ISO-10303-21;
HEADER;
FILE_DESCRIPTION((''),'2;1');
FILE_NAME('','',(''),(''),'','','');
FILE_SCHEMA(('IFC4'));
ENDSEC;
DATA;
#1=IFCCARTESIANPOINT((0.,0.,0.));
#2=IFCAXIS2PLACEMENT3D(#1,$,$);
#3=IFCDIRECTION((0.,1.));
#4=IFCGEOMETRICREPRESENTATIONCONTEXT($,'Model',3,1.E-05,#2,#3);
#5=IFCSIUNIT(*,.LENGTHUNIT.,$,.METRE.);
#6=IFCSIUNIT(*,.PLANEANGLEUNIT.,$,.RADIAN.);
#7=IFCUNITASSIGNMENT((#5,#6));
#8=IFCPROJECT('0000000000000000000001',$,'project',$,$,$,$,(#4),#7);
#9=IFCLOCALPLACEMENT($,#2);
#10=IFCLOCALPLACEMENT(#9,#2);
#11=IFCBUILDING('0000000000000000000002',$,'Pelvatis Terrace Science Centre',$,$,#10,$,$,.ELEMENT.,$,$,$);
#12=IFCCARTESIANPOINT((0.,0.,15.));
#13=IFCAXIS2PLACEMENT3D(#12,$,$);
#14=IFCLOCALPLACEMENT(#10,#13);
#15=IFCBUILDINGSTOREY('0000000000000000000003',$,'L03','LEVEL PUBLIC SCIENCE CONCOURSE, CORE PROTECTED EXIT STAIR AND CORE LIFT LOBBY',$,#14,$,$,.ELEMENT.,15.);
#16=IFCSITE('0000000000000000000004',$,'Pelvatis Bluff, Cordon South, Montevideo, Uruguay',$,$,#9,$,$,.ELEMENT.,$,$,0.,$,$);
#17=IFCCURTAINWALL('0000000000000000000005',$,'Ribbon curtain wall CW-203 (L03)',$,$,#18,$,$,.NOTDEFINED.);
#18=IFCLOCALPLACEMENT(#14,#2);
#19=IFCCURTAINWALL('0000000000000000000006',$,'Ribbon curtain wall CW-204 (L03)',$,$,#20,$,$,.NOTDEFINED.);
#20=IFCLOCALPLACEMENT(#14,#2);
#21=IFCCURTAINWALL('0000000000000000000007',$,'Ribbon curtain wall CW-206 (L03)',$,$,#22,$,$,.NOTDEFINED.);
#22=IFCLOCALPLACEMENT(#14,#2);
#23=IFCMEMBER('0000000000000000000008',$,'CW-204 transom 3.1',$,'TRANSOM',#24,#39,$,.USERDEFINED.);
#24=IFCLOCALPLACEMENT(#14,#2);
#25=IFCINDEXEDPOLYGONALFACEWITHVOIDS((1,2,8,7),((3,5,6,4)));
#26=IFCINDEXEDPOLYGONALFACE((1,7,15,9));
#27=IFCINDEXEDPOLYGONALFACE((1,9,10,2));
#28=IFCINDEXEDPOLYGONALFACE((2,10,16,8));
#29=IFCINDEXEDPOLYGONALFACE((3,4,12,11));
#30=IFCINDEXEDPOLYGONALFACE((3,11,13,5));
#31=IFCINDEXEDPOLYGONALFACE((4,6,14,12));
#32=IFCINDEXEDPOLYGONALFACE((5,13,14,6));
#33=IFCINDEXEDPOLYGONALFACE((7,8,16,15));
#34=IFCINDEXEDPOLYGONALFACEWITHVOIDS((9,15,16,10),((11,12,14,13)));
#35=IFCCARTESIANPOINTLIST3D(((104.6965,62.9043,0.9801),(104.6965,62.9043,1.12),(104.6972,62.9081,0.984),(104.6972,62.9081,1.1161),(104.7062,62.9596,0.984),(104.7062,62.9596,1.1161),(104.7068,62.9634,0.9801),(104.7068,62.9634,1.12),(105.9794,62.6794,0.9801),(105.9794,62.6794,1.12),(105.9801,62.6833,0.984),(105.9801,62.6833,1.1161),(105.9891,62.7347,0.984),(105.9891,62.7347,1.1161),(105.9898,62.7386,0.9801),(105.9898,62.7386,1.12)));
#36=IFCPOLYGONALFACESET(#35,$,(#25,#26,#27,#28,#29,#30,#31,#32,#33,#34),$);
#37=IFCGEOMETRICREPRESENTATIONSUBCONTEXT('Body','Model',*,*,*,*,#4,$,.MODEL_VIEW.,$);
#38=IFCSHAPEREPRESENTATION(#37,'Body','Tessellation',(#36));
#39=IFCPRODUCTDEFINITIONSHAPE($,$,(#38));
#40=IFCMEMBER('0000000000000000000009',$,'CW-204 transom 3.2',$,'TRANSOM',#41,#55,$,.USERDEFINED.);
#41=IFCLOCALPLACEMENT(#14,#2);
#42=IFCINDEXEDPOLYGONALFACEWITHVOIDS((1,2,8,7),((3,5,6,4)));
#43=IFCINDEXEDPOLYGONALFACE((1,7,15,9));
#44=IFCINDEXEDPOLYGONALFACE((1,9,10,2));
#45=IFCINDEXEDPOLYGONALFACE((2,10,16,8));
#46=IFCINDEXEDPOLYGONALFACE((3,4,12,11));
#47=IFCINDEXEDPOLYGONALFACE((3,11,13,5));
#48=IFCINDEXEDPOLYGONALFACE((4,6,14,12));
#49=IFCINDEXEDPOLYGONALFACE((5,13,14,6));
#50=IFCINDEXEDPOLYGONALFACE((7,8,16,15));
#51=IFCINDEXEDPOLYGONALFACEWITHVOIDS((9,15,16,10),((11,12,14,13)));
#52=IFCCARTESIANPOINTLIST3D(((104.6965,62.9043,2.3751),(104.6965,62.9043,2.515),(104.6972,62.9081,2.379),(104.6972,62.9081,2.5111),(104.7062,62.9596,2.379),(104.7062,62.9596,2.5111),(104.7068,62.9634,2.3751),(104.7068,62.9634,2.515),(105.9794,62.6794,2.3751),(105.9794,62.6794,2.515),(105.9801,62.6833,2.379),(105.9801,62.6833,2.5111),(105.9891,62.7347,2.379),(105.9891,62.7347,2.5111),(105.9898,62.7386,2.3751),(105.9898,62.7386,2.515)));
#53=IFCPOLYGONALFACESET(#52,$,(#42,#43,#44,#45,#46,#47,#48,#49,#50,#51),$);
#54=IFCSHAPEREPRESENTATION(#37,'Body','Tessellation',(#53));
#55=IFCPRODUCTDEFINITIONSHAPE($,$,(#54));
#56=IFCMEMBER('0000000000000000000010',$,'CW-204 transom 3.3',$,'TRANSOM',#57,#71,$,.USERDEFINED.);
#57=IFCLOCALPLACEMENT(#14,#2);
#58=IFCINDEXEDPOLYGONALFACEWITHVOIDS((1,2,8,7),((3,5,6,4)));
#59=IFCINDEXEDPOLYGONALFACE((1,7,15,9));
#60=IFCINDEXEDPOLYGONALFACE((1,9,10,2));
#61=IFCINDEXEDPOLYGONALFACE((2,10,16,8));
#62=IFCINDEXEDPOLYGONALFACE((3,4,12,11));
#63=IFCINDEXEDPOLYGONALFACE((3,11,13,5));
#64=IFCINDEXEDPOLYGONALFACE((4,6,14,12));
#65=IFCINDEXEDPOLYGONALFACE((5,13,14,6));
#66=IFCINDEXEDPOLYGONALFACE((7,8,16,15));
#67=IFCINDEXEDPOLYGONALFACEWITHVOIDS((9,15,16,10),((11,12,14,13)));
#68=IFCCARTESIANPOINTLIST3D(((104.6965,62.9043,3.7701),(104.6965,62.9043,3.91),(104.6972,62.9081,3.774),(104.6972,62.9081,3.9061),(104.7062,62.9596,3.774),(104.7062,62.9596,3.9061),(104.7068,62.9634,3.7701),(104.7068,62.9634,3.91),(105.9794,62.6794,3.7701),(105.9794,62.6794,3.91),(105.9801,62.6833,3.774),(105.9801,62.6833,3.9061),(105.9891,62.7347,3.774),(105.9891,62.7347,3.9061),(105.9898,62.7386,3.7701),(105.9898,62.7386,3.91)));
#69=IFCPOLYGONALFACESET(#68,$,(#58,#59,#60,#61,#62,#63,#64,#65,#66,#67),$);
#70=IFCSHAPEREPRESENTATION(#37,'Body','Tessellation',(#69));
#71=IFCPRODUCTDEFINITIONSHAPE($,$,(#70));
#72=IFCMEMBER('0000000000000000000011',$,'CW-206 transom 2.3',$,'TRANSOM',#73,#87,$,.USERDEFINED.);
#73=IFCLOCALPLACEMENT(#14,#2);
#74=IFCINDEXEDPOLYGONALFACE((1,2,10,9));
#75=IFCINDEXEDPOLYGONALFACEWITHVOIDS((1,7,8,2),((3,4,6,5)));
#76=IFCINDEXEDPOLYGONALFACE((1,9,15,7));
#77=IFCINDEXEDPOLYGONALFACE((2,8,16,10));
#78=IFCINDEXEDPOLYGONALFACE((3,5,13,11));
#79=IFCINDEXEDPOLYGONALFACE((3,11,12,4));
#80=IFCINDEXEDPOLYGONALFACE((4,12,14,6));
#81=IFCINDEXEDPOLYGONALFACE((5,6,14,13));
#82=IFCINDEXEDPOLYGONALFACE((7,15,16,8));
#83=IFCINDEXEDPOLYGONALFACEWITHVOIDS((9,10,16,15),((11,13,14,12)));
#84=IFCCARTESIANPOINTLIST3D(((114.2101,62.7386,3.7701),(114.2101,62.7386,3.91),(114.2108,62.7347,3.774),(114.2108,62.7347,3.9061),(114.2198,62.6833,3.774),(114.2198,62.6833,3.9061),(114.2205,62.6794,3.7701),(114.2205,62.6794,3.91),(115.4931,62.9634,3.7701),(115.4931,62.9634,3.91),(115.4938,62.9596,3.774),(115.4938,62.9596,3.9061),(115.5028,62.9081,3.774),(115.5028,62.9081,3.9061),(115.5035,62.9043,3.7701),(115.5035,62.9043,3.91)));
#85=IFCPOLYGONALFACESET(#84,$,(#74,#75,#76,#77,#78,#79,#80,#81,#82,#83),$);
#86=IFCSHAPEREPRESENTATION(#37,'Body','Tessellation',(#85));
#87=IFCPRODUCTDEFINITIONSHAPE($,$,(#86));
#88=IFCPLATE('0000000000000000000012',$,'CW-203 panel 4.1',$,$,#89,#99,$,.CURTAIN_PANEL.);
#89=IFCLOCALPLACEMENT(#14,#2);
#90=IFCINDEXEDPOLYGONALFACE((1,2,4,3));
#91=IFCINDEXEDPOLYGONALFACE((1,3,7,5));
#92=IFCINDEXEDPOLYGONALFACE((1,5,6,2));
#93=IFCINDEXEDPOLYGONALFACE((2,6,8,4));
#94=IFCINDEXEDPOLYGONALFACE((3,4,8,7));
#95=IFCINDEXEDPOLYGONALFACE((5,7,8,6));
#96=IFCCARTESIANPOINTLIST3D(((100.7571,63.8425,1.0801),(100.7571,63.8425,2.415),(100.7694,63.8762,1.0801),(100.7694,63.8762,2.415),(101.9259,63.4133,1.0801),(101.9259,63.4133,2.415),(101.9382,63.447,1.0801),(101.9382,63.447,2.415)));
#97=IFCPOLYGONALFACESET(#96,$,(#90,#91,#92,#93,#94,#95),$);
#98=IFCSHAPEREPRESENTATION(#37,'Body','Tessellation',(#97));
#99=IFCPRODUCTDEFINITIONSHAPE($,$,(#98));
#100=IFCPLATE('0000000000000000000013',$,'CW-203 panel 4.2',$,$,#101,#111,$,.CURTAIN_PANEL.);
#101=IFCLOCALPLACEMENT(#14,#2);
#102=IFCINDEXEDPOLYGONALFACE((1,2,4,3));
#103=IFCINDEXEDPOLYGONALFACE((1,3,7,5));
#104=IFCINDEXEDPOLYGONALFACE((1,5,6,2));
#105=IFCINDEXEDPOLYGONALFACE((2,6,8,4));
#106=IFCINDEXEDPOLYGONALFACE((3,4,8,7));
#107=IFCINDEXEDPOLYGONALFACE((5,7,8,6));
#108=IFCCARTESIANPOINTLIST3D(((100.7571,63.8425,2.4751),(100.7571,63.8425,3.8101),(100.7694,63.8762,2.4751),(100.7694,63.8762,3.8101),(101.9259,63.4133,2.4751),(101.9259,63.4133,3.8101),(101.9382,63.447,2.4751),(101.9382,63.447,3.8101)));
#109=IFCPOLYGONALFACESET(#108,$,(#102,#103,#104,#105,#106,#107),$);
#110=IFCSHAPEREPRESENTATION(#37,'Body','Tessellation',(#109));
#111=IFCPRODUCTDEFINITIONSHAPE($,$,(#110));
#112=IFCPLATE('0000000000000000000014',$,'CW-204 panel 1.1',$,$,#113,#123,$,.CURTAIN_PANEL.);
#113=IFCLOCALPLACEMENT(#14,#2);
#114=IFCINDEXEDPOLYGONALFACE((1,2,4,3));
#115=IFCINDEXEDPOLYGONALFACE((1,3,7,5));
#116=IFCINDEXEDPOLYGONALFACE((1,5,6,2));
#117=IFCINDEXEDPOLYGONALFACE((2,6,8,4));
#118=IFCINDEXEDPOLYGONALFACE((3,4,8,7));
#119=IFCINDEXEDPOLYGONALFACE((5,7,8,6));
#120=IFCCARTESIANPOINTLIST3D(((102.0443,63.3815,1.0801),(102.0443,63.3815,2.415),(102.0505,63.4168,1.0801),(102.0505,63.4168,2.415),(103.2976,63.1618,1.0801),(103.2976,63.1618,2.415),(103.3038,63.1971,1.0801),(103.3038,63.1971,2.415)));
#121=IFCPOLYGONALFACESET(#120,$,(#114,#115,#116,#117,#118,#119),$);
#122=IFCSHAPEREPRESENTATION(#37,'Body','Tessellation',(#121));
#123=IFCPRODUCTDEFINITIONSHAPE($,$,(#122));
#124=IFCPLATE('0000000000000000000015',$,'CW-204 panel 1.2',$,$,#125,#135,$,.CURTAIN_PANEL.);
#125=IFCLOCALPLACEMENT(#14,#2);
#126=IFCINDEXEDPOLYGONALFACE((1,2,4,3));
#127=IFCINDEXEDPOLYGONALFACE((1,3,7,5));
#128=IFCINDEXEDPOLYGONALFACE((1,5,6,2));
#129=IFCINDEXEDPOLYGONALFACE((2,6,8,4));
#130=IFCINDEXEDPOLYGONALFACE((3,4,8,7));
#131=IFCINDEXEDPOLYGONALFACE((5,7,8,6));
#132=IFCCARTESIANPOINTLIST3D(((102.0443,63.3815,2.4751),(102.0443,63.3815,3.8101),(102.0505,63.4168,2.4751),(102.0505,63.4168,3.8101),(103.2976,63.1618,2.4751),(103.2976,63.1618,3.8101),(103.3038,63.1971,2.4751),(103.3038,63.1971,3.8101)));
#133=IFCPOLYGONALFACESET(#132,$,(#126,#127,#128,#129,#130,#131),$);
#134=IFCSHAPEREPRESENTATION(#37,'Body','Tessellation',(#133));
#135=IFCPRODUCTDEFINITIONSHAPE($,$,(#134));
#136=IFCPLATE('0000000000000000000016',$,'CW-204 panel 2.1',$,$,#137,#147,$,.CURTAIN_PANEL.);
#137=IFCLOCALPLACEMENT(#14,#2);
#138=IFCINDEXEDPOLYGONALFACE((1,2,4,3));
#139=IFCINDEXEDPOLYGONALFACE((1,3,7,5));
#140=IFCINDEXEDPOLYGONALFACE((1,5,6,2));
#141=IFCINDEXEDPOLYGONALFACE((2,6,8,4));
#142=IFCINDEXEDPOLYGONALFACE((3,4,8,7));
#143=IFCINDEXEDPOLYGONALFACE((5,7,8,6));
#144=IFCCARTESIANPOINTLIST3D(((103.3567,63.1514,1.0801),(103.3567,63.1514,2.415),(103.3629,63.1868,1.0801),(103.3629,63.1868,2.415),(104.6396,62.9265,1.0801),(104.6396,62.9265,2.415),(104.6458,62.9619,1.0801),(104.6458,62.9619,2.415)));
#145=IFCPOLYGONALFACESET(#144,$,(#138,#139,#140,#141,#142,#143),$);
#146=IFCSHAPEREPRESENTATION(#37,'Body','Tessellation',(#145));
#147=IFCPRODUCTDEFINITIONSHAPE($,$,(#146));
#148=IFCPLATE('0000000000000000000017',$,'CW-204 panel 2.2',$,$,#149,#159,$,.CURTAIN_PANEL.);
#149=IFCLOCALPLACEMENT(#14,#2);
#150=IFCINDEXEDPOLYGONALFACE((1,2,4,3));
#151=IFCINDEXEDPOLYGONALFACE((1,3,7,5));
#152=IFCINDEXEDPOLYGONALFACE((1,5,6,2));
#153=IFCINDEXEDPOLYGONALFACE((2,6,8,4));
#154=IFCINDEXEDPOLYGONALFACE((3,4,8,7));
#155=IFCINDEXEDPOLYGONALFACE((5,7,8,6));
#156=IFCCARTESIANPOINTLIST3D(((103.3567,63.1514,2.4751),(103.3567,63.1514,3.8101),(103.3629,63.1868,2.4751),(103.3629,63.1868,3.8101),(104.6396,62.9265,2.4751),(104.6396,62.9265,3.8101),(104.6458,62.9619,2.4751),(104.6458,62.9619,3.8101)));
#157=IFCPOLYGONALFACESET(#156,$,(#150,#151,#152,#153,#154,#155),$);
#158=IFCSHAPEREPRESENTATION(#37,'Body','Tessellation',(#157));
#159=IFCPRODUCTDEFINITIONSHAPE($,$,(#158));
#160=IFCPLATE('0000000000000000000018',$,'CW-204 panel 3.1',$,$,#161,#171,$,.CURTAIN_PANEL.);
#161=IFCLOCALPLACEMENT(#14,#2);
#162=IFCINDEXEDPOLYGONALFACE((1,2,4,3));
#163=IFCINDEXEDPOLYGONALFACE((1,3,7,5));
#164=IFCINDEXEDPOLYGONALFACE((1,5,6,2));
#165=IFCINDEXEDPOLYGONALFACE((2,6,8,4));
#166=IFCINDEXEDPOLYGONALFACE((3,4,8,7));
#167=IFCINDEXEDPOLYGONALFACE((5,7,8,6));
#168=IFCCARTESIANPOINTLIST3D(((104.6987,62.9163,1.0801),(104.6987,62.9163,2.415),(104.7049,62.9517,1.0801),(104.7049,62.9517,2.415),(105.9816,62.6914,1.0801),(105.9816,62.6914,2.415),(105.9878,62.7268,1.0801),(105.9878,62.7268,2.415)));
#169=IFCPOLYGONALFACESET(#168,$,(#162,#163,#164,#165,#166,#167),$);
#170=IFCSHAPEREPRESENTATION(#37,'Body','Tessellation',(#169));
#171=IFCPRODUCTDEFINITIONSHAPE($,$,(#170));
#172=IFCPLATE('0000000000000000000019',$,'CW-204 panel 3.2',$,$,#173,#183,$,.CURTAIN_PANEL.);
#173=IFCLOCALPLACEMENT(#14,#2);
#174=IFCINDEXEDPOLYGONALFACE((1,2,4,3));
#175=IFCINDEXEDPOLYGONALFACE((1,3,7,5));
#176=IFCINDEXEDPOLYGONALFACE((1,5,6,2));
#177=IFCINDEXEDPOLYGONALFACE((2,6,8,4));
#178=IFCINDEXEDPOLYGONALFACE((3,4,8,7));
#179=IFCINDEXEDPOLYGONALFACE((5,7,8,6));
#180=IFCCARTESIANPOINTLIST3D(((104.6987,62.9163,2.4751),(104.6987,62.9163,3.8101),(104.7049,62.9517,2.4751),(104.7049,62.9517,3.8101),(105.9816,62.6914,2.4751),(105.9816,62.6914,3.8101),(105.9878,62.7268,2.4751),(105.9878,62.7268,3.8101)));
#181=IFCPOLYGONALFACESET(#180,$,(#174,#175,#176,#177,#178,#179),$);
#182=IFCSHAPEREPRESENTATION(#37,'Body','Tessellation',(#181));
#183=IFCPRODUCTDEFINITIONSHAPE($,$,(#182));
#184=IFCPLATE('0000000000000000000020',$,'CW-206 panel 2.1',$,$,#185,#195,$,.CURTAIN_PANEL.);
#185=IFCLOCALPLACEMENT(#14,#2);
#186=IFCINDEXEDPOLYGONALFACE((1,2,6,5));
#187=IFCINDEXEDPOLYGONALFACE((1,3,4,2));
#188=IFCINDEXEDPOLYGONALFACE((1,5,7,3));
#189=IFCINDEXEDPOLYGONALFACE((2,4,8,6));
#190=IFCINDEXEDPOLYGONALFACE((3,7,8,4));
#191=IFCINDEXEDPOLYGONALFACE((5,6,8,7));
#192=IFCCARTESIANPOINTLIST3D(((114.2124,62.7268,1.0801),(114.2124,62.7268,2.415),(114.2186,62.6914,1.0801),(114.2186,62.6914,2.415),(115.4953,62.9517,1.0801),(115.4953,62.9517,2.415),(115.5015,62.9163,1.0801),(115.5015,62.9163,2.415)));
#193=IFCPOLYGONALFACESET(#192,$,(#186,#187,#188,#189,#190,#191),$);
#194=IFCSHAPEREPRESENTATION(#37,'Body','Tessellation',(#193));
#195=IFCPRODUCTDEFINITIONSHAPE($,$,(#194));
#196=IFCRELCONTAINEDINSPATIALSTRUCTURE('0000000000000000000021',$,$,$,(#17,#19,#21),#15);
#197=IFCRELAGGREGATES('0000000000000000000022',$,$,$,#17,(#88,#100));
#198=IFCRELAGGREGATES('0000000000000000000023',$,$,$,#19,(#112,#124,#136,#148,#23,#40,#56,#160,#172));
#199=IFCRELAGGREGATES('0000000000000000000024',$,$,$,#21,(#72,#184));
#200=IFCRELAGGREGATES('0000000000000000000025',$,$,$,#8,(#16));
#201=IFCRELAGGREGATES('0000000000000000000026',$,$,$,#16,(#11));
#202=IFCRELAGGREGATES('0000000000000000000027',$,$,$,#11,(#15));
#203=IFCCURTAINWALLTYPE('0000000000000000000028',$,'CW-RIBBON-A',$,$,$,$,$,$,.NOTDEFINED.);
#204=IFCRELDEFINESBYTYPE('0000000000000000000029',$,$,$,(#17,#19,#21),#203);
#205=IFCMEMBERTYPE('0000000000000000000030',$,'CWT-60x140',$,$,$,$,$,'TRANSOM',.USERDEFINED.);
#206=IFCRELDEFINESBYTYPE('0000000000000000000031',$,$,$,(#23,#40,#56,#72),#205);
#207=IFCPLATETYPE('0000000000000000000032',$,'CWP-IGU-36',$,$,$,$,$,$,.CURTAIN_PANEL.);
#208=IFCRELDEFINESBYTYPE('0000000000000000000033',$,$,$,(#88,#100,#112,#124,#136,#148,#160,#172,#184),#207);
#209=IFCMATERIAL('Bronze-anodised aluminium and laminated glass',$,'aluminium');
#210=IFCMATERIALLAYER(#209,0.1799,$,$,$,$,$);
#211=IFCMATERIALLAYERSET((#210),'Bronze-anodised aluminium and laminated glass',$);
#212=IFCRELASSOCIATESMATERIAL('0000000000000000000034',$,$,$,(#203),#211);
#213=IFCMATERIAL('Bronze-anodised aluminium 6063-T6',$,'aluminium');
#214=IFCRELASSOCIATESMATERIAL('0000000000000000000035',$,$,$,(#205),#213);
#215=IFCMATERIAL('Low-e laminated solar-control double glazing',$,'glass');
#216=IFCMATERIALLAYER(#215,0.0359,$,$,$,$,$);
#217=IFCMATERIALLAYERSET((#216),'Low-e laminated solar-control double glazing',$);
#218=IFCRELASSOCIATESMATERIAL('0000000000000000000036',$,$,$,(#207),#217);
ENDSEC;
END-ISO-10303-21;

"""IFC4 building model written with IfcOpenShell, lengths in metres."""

from ifc_helpers import new_model, si_unit, direction, frame, origin, origin_2d, place, context, subcontext, project, spatial, rectangle, hollow_rectangle, extrude, material, layer, layer_set, material_profile, profile_set, type_object, element, aggregate, save


model = new_model("IFC4")

# Units and contexts
model_context = context("Model", 3, precision=1e-05, world=origin(), true_north=direction((0.0, 1.0)))
body_context = subcontext(model_context, "Body", "Model", "MODEL_VIEW")
ifc_project = project(units=[si_unit("LENGTHUNIT", "METRE"), si_unit("PLANEANGLEUNIT", "RADIAN")], contexts=[model_context])

# Site, building, storey
site_placement = place(None, origin())
site = spatial("IfcSite", under=ifc_project, at=site_placement, Name="Pelvatis Bluff, Cordon South, Montevideo, Uruguay", CompositionType="ELEMENT", RefElevation=0.0)
building_placement = place(site_placement, origin())
building = spatial("IfcBuilding", under=site, at=building_placement, Name="Pelvatis Terrace Science Centre", CompositionType="ELEMENT")
storey_placement = place(building_placement, frame((0.0, 0.0, 15.0)))
storey = spatial("IfcBuildingStorey", under=building, at=storey_placement, Name="L03", Description="LEVEL PUBLIC SCIENCE CONCOURSE, CORE PROTECTED EXIT STAIR AND CORE LIFT LOBBY", CompositionType="ELEMENT", Elevation=15.0)

# Curtain wall
ifc_material_1 = material(Name="Bronze-anodised aluminium and laminated glass", Category="aluminium")
ifc_layer_1 = layer(ifc_material_1, 0.1799)
ifc_layer_set_1 = layer_set([ifc_layer_1], Name="Bronze-anodised aluminium and laminated glass")
curtain_wall_type = type_object("IfcCurtainWallType", Name="CW-RIBBON-A", PredefinedType="NOTDEFINED", material=ifc_layer_set_1)
curtain_wall_1_placement = place(storey_placement, origin())
curtain_wall_1 = element("IfcCurtainWall", 1, at=curtain_wall_1_placement, inside=storey, type_object=curtain_wall_type, Name="Ribbon curtain wall CW-203 (L03)", PredefinedType="NOTDEFINED")

# Curtain wall
curtain_wall_2_placement = place(storey_placement, origin())
curtain_wall_2 = element("IfcCurtainWall", 2, at=curtain_wall_2_placement, inside=storey, type_object=curtain_wall_type, Name="Ribbon curtain wall CW-204 (L03)", PredefinedType="NOTDEFINED")

# Curtain wall
curtain_wall_3_placement = place(storey_placement, origin())
curtain_wall_3 = element("IfcCurtainWall", 3, at=curtain_wall_3_placement, inside=storey, type_object=curtain_wall_type, Name="Ribbon curtain wall CW-206 (L03)", PredefinedType="NOTDEFINED")

# Members
ifc_material_2 = material(Name="Bronze-anodised aluminium 6063-T6", Category="aluminium")
ifc_material_profile_1 = material_profile(ifc_material_2, hollow_rectangle(XDim=0.0601, YDim=0.1399, WallThickness=0.0039, at=origin_2d()), Name="ALU-TRN 60x140")
ifc_profile_set_1 = profile_set([ifc_material_profile_1], Name="Bronze-anodised aluminium 6063-T6")
member_type_1 = type_object("IfcMemberType", Name="CWT-60x140", ElementType="TRANSOM", PredefinedType="USERDEFINED", material=ifc_profile_set_1)
member_1_placement = place(storey_placement, frame((104.7017, 62.9338, 1.05), z_axis=(0.984987, -0.17263, 0.0), x_axis=(0.17263, 0.984987, 0.0)))
member_1 = element("IfcMember", 4, at=member_1_placement, type_object=member_type_1, Name="CW-204 transom 3.1", ObjectType="TRANSOM", PredefinedType="USERDEFINED", context=body_context, shape_type="SweptSolid", body=[
    extrude(hollow_rectangle(XDim=0.0601, YDim=0.1399, WallThickness=0.0039, at=origin_2d()), origin(), (0.0, 0.0, 1.0), 1.3025),
])
member_2_placement = place(storey_placement, frame((104.7017, 62.9338, 2.4451), z_axis=(0.984987, -0.17263, 0.0), x_axis=(0.17263, 0.984987, 0.0)))
member_2 = element("IfcMember", 5, at=member_2_placement, type_object=member_type_1, Name="CW-204 transom 3.2", ObjectType="TRANSOM", PredefinedType="USERDEFINED", context=body_context, shape_type="SweptSolid", body=[
    extrude(hollow_rectangle(XDim=0.0601, YDim=0.1399, WallThickness=0.0039, at=origin_2d()), origin(), (0.0, 0.0, 1.0), 1.3025),
])
member_3_placement = place(storey_placement, frame((104.7017, 62.9338, 3.8401), z_axis=(0.984987, -0.17263, 0.0), x_axis=(0.17263, 0.984987, 0.0)))
member_3 = element("IfcMember", 6, at=member_3_placement, type_object=member_type_1, Name="CW-204 transom 3.3", ObjectType="TRANSOM", PredefinedType="USERDEFINED", context=body_context, shape_type="SweptSolid", body=[
    extrude(hollow_rectangle(XDim=0.0601, YDim=0.1399, WallThickness=0.0039, at=origin_2d()), origin(), (0.0, 0.0, 1.0), 1.3025),
])
member_4_placement = place(storey_placement, frame((114.2153, 62.709, 3.8401), z_axis=(0.984987, 0.17263, 0.0), x_axis=(-0.17263, 0.984987, 0.0)))
member_4 = element("IfcMember", 7, at=member_4_placement, type_object=member_type_1, Name="CW-206 transom 2.3", ObjectType="TRANSOM", PredefinedType="USERDEFINED", context=body_context, shape_type="SweptSolid", body=[
    extrude(hollow_rectangle(XDim=0.0601, YDim=0.1399, WallThickness=0.0039, at=origin_2d()), origin(), (0.0, 0.0, 1.0), 1.3025),
])

# Plates
ifc_material_3 = material(Name="Low-e laminated solar-control double glazing", Category="glass")
ifc_layer_2 = layer(ifc_material_3, 0.0359)
ifc_layer_set_2 = layer_set([ifc_layer_2], Name="Low-e laminated solar-control double glazing")
plate_type = type_object("IfcPlateType", Name="CWP-IGU-36", PredefinedType="CURTAIN_PANEL", material=ifc_layer_set_2)
plate_1_placement = place(storey_placement, frame((101.3477, 63.6448, 1.0801), z_axis=(0.0, 0.0, 1.0), x_axis=(0.938707, -0.344715, 0.0)))
plate_1 = element("IfcPlate", 8, at=plate_1_placement, type_object=plate_type, Name="CW-203 panel 4.1", PredefinedType="CURTAIN_PANEL", context=body_context, shape_type="SweptSolid", body=[
    extrude(rectangle(XDim=1.2451, YDim=0.0359, at=origin_2d()), origin(), (0.0, 0.0, 1.0), 1.335),
])
plate_2_placement = place(storey_placement, frame((101.3477, 63.6448, 2.4751), z_axis=(0.0, 0.0, 1.0), x_axis=(0.938707, -0.344715, 0.0)))
plate_2 = element("IfcPlate", 9, at=plate_2_placement, type_object=plate_type, Name="CW-203 panel 4.2", PredefinedType="CURTAIN_PANEL", context=body_context, shape_type="SweptSolid", body=[
    extrude(rectangle(XDim=1.2451, YDim=0.0359, at=origin_2d()), origin(), (0.0, 0.0, 1.0), 1.335),
])
aggregate(curtain_wall_1, [plate_1, plate_2])
plate_3_placement = place(storey_placement, frame((102.6741, 63.2893, 1.0801), z_axis=(0.0, 0.0, 1.0), x_axis=(0.984979, -0.172671, 0.0)))
plate_3 = element("IfcPlate", 10, at=plate_3_placement, type_object=plate_type, Name="CW-204 panel 1.1", PredefinedType="CURTAIN_PANEL", context=body_context, shape_type="SweptSolid", body=[
    extrude(rectangle(XDim=1.2725, YDim=0.0359, at=origin_2d()), origin(), (0.0, 0.0, 1.0), 1.335),
])
plate_4_placement = place(storey_placement, frame((102.6741, 63.2893, 2.4751), z_axis=(0.0, 0.0, 1.0), x_axis=(0.984979, -0.172671, 0.0)))
plate_4 = element("IfcPlate", 11, at=plate_4_placement, type_object=plate_type, Name="CW-204 panel 1.2", PredefinedType="CURTAIN_PANEL", context=body_context, shape_type="SweptSolid", body=[
    extrude(rectangle(XDim=1.2725, YDim=0.0359, at=origin_2d()), origin(), (0.0, 0.0, 1.0), 1.335),
])
plate_5_placement = place(storey_placement, frame((104.0012, 63.0566, 1.0801), z_axis=(0.0, 0.0, 1.0), x_axis=(0.984979, -0.172671, 0.0)))
plate_5 = element("IfcPlate", 12, at=plate_5_placement, type_object=plate_type, Name="CW-204 panel 2.1", PredefinedType="CURTAIN_PANEL", context=body_context, shape_type="SweptSolid", body=[
    extrude(rectangle(XDim=1.3025, YDim=0.0359, at=origin_2d()), origin(), (0.0, 0.0, 1.0), 1.335),
])
plate_6_placement = place(storey_placement, frame((104.0012, 63.0566, 2.4751), z_axis=(0.0, 0.0, 1.0), x_axis=(0.984979, -0.172671, 0.0)))
plate_6 = element("IfcPlate", 13, at=plate_6_placement, type_object=plate_type, Name="CW-204 panel 2.2", PredefinedType="CURTAIN_PANEL", context=body_context, shape_type="SweptSolid", body=[
    extrude(rectangle(XDim=1.3025, YDim=0.0359, at=origin_2d()), origin(), (0.0, 0.0, 1.0), 1.335),
])
plate_7_placement = place(storey_placement, frame((105.3433, 62.8215, 1.0801), z_axis=(0.0, 0.0, 1.0), x_axis=(0.984979, -0.172671, 0.0)))
plate_7 = element("IfcPlate", 14, at=plate_7_placement, type_object=plate_type, Name="CW-204 panel 3.1", PredefinedType="CURTAIN_PANEL", context=body_context, shape_type="SweptSolid", body=[
    extrude(rectangle(XDim=1.3025, YDim=0.0359, at=origin_2d()), origin(), (0.0, 0.0, 1.0), 1.335),
])
plate_8_placement = place(storey_placement, frame((105.3433, 62.8215, 2.4751), z_axis=(0.0, 0.0, 1.0), x_axis=(0.984979, -0.172671, 0.0)))
plate_8 = element("IfcPlate", 15, at=plate_8_placement, type_object=plate_type, Name="CW-204 panel 3.2", PredefinedType="CURTAIN_PANEL", context=body_context, shape_type="SweptSolid", body=[
    extrude(rectangle(XDim=1.3025, YDim=0.0359, at=origin_2d()), origin(), (0.0, 0.0, 1.0), 1.335),
])
aggregate(curtain_wall_2, [plate_3, plate_4, plate_5, plate_6, member_1, member_2, member_3, plate_7, plate_8])
plate_9_placement = place(storey_placement, frame((114.8569, 62.8215, 1.0801), z_axis=(0.0, 0.0, 1.0), x_axis=(0.984979, 0.172671, 0.0)))
plate_9 = element("IfcPlate", 16, at=plate_9_placement, type_object=plate_type, Name="CW-206 panel 2.1", PredefinedType="CURTAIN_PANEL", context=body_context, shape_type="SweptSolid", body=[
    extrude(rectangle(XDim=1.3025, YDim=0.0359, at=origin_2d()), origin(), (0.0, 0.0, 1.0), 1.335),
])
aggregate(curtain_wall_3, [member_4, plate_9])

save(model, "model.ifc")
